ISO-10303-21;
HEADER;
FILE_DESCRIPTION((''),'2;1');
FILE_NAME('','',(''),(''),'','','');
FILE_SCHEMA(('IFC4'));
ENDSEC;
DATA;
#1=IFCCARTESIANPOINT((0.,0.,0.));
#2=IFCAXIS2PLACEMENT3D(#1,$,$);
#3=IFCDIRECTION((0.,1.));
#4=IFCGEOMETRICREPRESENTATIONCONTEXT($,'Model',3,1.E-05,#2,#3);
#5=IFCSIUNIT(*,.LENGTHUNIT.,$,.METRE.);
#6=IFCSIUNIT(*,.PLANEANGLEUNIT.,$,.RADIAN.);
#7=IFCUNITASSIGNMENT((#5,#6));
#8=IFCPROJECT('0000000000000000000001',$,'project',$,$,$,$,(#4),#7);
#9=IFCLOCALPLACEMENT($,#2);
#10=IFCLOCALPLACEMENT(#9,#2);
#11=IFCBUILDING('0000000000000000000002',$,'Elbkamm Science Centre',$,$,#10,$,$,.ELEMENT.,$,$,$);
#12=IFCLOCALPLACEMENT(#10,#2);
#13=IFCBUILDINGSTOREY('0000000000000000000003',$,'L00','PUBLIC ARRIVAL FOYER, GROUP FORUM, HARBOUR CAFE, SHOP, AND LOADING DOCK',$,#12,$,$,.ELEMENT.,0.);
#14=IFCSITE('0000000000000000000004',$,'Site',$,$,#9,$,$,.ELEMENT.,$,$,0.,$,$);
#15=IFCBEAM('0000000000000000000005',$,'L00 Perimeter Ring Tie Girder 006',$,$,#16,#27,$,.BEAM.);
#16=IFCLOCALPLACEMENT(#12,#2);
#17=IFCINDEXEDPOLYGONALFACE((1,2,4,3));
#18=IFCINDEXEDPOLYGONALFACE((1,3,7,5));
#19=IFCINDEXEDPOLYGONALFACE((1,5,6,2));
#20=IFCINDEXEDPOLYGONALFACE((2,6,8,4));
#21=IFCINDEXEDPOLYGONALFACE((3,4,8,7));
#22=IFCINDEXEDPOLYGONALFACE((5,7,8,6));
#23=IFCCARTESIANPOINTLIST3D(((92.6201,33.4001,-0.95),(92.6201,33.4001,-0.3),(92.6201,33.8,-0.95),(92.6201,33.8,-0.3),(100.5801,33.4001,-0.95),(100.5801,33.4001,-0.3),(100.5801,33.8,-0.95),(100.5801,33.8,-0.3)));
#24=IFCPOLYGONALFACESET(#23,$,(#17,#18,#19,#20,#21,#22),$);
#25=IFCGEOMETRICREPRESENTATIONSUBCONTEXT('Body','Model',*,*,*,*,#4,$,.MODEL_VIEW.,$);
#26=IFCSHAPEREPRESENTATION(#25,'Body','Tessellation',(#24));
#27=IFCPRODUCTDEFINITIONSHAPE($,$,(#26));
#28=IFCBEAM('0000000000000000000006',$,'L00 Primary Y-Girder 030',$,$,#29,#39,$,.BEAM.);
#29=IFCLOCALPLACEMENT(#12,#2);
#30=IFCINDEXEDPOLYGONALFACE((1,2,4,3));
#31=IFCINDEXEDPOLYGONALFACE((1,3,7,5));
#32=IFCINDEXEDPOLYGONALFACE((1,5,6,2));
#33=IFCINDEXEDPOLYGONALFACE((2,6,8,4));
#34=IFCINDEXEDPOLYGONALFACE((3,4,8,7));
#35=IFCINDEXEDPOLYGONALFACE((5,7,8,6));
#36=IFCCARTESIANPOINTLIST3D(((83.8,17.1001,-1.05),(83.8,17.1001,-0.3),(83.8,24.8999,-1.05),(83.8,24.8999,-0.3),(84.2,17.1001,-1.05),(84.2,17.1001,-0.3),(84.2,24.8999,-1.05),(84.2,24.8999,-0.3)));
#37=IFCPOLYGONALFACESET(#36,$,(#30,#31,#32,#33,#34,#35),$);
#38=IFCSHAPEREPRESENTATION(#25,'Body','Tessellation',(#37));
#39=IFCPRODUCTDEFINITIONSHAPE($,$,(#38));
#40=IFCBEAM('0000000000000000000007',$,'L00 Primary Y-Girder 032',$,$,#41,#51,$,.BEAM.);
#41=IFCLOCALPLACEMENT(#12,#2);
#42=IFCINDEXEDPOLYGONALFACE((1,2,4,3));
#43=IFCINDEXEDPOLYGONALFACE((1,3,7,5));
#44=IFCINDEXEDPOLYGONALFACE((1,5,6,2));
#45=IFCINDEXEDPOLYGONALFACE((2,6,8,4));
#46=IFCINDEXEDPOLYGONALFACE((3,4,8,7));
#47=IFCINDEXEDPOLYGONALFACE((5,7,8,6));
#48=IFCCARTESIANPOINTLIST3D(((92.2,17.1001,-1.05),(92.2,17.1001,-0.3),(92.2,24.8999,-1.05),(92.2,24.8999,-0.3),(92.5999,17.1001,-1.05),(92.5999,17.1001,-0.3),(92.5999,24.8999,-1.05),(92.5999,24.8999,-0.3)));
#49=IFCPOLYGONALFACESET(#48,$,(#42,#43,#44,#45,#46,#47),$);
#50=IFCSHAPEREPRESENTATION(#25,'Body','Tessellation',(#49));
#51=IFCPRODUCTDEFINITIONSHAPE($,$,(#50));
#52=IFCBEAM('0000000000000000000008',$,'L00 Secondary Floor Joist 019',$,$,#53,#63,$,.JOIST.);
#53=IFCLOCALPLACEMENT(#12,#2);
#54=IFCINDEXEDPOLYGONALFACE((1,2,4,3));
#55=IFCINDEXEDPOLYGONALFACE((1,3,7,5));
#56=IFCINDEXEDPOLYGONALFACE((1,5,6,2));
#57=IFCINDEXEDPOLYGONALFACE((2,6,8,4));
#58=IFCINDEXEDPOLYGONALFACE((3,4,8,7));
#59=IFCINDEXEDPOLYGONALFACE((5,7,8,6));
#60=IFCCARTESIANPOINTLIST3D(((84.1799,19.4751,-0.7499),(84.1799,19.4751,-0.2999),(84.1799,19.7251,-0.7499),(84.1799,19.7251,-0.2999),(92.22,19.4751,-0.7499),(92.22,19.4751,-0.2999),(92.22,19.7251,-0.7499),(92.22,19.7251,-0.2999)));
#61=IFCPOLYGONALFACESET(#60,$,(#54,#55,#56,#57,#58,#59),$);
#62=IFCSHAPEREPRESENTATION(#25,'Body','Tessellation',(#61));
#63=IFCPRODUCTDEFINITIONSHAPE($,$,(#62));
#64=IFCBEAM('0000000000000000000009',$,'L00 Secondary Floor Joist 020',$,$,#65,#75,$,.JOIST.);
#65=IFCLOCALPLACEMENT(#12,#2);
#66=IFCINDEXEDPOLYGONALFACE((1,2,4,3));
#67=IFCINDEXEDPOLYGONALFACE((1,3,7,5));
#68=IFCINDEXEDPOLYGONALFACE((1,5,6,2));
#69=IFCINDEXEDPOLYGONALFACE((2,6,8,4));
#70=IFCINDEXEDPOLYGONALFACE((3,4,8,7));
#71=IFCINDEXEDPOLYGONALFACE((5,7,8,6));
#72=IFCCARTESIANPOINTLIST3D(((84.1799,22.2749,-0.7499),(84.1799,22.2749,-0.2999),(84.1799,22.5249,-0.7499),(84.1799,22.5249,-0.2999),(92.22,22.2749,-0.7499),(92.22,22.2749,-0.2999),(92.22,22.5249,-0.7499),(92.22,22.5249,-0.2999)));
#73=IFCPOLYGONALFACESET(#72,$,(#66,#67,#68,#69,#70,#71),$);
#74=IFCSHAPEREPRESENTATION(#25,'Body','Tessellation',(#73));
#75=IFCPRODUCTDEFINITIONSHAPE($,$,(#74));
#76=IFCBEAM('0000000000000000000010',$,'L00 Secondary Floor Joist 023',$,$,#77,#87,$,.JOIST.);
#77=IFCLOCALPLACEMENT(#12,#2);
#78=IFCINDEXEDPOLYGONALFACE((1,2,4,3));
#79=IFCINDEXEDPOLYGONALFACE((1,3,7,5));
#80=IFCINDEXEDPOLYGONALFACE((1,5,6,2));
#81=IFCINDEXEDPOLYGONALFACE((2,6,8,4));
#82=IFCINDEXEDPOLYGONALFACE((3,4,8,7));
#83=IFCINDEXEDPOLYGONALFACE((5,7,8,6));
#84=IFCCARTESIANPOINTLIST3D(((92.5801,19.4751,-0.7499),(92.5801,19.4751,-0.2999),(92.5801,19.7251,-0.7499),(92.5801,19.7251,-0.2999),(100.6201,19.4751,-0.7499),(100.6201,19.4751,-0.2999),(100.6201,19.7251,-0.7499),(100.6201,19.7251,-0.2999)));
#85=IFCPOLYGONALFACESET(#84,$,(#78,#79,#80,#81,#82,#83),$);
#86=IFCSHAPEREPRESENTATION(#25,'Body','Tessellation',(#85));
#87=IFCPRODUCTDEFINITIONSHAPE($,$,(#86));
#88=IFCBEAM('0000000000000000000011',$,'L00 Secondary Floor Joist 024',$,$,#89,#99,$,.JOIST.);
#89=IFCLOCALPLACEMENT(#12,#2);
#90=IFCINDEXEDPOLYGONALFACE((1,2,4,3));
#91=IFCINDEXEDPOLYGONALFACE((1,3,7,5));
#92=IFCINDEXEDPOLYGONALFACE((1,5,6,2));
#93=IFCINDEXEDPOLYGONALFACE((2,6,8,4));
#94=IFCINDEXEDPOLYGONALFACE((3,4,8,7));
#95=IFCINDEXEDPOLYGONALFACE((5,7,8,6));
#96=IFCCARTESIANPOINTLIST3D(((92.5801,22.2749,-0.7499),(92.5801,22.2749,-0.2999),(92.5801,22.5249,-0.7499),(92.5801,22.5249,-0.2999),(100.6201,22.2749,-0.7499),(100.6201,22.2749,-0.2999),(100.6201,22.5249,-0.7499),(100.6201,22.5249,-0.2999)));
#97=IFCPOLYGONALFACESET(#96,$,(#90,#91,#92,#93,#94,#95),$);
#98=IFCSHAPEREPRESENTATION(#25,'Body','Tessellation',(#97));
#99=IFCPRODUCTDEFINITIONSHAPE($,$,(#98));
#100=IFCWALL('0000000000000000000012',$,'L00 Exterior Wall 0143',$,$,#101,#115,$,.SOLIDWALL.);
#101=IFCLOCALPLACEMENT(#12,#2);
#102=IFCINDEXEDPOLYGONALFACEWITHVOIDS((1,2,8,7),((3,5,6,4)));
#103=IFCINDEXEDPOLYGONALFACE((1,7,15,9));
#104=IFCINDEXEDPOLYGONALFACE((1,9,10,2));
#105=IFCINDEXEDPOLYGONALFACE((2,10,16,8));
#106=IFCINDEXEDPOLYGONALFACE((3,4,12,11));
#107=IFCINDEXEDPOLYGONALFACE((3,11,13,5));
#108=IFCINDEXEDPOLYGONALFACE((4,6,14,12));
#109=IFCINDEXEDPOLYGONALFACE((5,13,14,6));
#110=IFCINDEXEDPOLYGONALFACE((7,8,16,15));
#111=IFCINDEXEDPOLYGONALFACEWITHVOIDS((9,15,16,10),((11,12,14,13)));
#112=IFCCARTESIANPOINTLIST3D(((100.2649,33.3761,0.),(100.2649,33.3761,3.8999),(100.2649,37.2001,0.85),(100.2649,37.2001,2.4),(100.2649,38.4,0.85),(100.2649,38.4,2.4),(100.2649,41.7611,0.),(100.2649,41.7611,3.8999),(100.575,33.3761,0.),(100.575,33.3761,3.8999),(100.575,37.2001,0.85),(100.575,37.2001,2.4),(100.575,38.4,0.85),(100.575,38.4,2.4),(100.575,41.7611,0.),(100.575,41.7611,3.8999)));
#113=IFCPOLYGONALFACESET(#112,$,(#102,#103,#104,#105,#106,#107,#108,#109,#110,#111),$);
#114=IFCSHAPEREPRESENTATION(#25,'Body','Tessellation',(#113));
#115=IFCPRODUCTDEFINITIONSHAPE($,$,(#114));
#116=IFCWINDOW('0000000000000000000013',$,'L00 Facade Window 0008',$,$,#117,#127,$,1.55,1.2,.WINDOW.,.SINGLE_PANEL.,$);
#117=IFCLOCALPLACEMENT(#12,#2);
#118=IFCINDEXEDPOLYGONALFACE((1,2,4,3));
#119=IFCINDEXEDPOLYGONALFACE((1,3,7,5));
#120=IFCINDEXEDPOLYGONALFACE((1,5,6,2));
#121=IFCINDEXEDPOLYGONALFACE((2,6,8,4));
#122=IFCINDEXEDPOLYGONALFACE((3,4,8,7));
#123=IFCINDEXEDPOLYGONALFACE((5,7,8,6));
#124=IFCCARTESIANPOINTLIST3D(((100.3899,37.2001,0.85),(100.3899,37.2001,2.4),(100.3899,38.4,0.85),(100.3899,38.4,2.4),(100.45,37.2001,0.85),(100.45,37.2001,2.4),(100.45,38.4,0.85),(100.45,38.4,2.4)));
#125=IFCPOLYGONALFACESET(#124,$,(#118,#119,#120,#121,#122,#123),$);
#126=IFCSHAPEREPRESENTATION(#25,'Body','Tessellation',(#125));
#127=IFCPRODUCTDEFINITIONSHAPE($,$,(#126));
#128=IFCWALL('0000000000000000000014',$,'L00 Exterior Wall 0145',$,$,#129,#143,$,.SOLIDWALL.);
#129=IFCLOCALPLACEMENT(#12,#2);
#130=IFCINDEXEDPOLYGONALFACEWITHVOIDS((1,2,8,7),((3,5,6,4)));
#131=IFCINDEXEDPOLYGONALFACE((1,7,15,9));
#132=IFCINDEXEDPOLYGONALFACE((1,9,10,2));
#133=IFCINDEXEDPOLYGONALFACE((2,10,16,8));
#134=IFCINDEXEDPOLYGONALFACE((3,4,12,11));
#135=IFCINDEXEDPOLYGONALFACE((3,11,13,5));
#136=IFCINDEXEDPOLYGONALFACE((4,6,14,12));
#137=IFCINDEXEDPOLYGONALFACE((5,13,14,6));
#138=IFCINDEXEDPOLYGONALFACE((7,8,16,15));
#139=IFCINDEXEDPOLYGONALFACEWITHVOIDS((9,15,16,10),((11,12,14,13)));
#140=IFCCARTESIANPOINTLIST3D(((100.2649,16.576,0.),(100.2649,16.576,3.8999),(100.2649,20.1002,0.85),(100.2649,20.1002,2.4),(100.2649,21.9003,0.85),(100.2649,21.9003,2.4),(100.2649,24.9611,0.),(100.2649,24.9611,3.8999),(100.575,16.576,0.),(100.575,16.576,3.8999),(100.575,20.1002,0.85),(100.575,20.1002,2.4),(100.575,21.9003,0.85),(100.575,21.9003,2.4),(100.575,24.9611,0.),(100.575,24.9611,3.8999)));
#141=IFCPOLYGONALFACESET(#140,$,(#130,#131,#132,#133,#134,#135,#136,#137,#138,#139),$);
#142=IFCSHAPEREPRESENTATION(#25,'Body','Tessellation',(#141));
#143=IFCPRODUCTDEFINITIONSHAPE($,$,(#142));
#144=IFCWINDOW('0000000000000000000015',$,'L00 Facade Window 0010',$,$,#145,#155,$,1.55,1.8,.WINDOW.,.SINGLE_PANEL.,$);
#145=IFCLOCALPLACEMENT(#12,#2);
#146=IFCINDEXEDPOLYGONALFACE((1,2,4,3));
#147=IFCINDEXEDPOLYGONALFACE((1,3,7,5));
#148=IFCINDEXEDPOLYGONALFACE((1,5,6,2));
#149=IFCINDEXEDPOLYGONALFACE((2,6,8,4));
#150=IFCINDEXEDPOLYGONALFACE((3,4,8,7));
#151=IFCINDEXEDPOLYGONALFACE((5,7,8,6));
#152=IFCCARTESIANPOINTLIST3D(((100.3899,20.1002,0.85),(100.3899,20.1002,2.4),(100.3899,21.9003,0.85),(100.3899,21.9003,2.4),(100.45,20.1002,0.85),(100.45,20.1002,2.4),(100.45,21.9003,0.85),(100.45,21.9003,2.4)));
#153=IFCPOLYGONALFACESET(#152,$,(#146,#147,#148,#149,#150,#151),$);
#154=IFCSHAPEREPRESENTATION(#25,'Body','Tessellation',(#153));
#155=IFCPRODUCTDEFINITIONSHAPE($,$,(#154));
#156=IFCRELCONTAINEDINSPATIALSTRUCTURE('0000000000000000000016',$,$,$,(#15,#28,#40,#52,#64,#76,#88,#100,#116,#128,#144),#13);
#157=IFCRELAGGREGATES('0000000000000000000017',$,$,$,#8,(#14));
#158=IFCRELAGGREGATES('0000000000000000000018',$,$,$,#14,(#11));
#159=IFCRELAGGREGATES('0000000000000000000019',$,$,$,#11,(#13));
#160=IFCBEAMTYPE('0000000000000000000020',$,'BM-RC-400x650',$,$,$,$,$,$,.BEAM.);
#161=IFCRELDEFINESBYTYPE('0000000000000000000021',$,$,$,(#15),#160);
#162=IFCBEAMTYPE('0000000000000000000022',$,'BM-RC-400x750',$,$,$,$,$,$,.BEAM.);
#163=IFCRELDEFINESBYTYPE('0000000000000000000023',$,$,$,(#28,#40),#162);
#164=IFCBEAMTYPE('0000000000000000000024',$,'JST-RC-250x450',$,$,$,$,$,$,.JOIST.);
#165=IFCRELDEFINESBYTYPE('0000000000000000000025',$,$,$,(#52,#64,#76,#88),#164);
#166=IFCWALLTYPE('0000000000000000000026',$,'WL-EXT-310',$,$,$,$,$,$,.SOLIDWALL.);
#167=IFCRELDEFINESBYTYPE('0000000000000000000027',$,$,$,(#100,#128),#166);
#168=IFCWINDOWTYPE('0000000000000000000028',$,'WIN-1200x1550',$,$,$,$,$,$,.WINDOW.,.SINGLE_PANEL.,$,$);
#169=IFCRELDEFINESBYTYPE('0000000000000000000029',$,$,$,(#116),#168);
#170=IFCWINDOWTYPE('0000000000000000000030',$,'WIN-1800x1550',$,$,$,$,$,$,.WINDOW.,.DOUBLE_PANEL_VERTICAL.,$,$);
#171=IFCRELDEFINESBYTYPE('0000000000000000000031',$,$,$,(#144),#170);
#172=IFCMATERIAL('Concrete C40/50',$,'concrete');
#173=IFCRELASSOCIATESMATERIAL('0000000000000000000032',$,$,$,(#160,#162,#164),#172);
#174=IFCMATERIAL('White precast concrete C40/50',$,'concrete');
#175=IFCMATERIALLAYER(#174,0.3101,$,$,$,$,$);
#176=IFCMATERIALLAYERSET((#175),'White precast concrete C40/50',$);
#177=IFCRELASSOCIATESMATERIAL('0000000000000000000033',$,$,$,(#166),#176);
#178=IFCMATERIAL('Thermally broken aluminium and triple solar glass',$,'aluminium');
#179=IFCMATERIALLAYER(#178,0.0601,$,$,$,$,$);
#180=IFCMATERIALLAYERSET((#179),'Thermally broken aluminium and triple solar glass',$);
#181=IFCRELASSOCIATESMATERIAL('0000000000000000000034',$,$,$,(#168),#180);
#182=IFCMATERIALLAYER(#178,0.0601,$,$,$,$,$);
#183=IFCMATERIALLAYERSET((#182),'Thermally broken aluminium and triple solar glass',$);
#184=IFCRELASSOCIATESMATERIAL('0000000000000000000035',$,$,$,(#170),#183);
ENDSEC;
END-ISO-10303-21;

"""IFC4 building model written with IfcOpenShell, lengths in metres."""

from ifc_helpers import new_model, si_unit, direction, frame, frame_2d, origin, origin_2d, place, context, subcontext, project, spatial, rectangle, extrude, material, layer, layer_set, material_profile, profile_set, type_object, element, fill, save


model = new_model("IFC4")

# Units and contexts
model_context = context("Model", 3, precision=1e-05, world=origin(), true_north=direction((0.0, 1.0)))
body_context = subcontext(model_context, "Body", "Model", "MODEL_VIEW")
ifc_project = project(units=[si_unit("LENGTHUNIT", "METRE"), si_unit("PLANEANGLEUNIT", "RADIAN")], contexts=[model_context])

# Site, building, storey
site_placement = place(None, origin())
site = spatial("IfcSite", under=ifc_project, at=site_placement, Name="Site", CompositionType="ELEMENT", RefElevation=0.0)
building_placement = place(site_placement, origin())
building = spatial("IfcBuilding", under=site, at=building_placement, Name="Elbkamm Science Centre", CompositionType="ELEMENT")
storey_placement = place(building_placement, origin())
storey = spatial("IfcBuildingStorey", under=building, at=storey_placement, Name="L00", Description="PUBLIC ARRIVAL FOYER, GROUP FORUM, HARBOUR CAFE, SHOP, AND LOADING DOCK", CompositionType="ELEMENT", Elevation=0.0)

# Shared definitions
ifc_material_1 = material(Name="Concrete C40/50", Category="concrete")

# Beams
ifc_material_profile_1 = material_profile(ifc_material_1, rectangle(XDim=0.3999, YDim=0.6499, at=origin_2d()), Name="RC 400x650")
ifc_profile_set_1 = profile_set([ifc_material_profile_1], Name="Concrete C40/50")
beam_type_1 = type_object("IfcBeamType", Name="BM-RC-400x650", PredefinedType="BEAM", material=ifc_profile_set_1)
for number, where, z_axis, x_axis, name in (
    (1, (92.6201, 33.6001, -0.625), (1.0, 0.0, 0.0), (0.0, 1.0, 0.0), "L00 Perimeter Ring Tie Girder 006"),
):
    element("IfcBeam", number, at=place(storey_placement, frame(where, z_axis=z_axis, x_axis=x_axis)), inside=storey, type_object=beam_type_1, Name=name, PredefinedType="BEAM", context=body_context, shape_type="SweptSolid", body=[
        extrude(rectangle(XDim=0.3999, YDim=0.6499, at=origin_2d()), origin(), (0.0, 0.0, 1.0), 7.96),
    ])
ifc_material_profile_2 = material_profile(ifc_material_1, rectangle(XDim=0.3999, YDim=0.75, at=origin_2d()), Name="RC 400x750")
ifc_profile_set_2 = profile_set([ifc_material_profile_2], Name="Concrete C40/50")
beam_type_2 = type_object("IfcBeamType", Name="BM-RC-400x750", PredefinedType="BEAM", material=ifc_profile_set_2)
for number, where, z_axis, x_axis, name in (
    (2, (84.0, 17.1001, -0.675), (0.0, 1.0, 0.0), (-1.0, 0.0, 0.0), "L00 Primary Y-Girder 030"),
    (3, (92.3999, 17.1001, -0.675), (0.0, 1.0, 0.0), (-1.0, 0.0, 0.0), "L00 Primary Y-Girder 032"),
):
    element("IfcBeam", number, at=place(storey_placement, frame(where, z_axis=z_axis, x_axis=x_axis)), inside=storey, type_object=beam_type_2, Name=name, PredefinedType="BEAM", context=body_context, shape_type="SweptSolid", body=[
        extrude(rectangle(XDim=0.3999, YDim=0.75, at=origin_2d()), origin(), (0.0, 0.0, 1.0), 7.7998),
    ])
ifc_material_profile_3 = material_profile(ifc_material_1, rectangle(XDim=0.25, YDim=0.45, at=origin_2d()), Name="RC 250x450")
ifc_profile_set_3 = profile_set([ifc_material_profile_3], Name="Concrete C40/50")
beam_type_3 = type_object("IfcBeamType", Name="JST-RC-250x450", PredefinedType="JOIST", material=ifc_profile_set_3)
for number, where, z_axis, x_axis, name in (
    (4, (84.1799, 19.6001, -0.5249), (1.0, 0.0, 0.0), (0.0, 1.0, 0.0), "L00 Secondary Floor Joist 019"),
    (5, (84.1799, 22.3999, -0.5249), (1.0, 0.0, 0.0), (0.0, 1.0, 0.0), "L00 Secondary Floor Joist 020"),
    (6, (92.5801, 19.6001, -0.5249), (1.0, 0.0, 0.0), (0.0, 1.0, 0.0), "L00 Secondary Floor Joist 023"),
    (7, (92.5801, 22.3999, -0.5249), (1.0, 0.0, 0.0), (0.0, 1.0, 0.0), "L00 Secondary Floor Joist 024"),
):
    element("IfcBeam", number, at=place(storey_placement, frame(where, z_axis=z_axis, x_axis=x_axis)), inside=storey, type_object=beam_type_3, Name=name, PredefinedType="JOIST", context=body_context, shape_type="SweptSolid", body=[
        extrude(rectangle(XDim=0.25, YDim=0.45, at=origin_2d()), origin(), (0.0, 0.0, 1.0), 8.04),
    ])

# Walls, openings, windows
ifc_material_2 = material(Name="White precast concrete C40/50", Category="concrete")
ifc_layer_1 = layer(ifc_material_2, 0.3101)
ifc_layer_set_1 = layer_set([ifc_layer_1], Name="White precast concrete C40/50")
wall_type_1 = type_object("IfcWallType", Name="WL-EXT-310", PredefinedType="SOLIDWALL", material=ifc_layer_set_1)
wall_1_placement = place(storey_placement, frame((100.4199, 41.761, 0.0), z_axis=(0.0, 0.0, 1.0), x_axis=(0.0, -1.0, 0.0)))
wall_1 = element("IfcWall", 8, at=wall_1_placement, inside=storey, type_object=wall_type_1, Name="L00 Exterior Wall 0143", PredefinedType="SOLIDWALL", context=body_context, shape_type="SweptSolid", body=[
    extrude(rectangle(XDim=8.385, YDim=0.3101, at=frame_2d((4.1924, 0.0))), origin(), (0.0, 0.0, 1.0), 3.8999),
])
opening_1_placement = place(wall_1_placement, frame((3.3608, 0.0, 0.8501)))
opening_1 = element("IfcOpeningElement", 9, at=opening_1_placement, cuts=wall_1, PredefinedType="OPENING", context=body_context, shape_type="SweptSolid", body=[
    extrude(rectangle(XDim=1.2, YDim=1.55, at=frame_2d((0.6001, 0.7749))), frame((0.0, 0.167, 0.0), z_axis=(0.0, -1.0, 0.0), x_axis=(1.0, 0.0, 0.0)), (0.0, 0.0, 1.0), 0.334),
])
ifc_material_3 = material(Name="Thermally broken aluminium and triple solar glass", Category="aluminium")
ifc_layer_2 = layer(ifc_material_3, 0.0601)
ifc_layer_set_2 = layer_set([ifc_layer_2], Name="Thermally broken aluminium and triple solar glass")
window_type_1 = type_object("IfcWindowType", Name="WIN-1200x1550", PartitioningType="SINGLE_PANEL", PredefinedType="WINDOW", material=ifc_layer_set_2)
window_1_placement = place(opening_1_placement, origin())
window_1 = element("IfcWindow", 10, at=window_1_placement, inside=storey, type_object=window_type_1, Name="L00 Facade Window 0008", OverallHeight=1.55, OverallWidth=1.2, PartitioningType="SINGLE_PANEL", PredefinedType="WINDOW", context=body_context, shape_type="SweptSolid", body=[
    extrude(rectangle(XDim=1.2, YDim=1.55, at=frame_2d((0.6001, 0.7749))), frame((0.0, 0.03, 0.0), z_axis=(0.0, -1.0, 0.0), x_axis=(1.0, 0.0, 0.0)), (0.0, 0.0, 1.0), 0.0601),
])
fill(opening_1, window_1)
wall_2_placement = place(storey_placement, frame((100.4199, 24.9609, 0.0), z_axis=(0.0, 0.0, 1.0), x_axis=(0.0, -1.0, 0.0)))
wall_2 = element("IfcWall", 11, at=wall_2_placement, inside=storey, type_object=wall_type_1, Name="L00 Exterior Wall 0145", PredefinedType="SOLIDWALL", context=body_context, shape_type="SweptSolid", body=[
    extrude(rectangle(XDim=8.385, YDim=0.3101, at=frame_2d((4.1924, 0.0))), origin(), (0.0, 0.0, 1.0), 3.8999),
])
opening_2_placement = place(wall_2_placement, frame((3.0608, 0.0, 0.8501)))
opening_2 = element("IfcOpeningElement", 12, at=opening_2_placement, cuts=wall_2, PredefinedType="OPENING", context=body_context, shape_type="SweptSolid", body=[
    extrude(rectangle(XDim=1.8, YDim=1.55, at=frame_2d((0.8999, 0.7749))), frame((0.0, 0.167, 0.0), z_axis=(0.0, -1.0, 0.0), x_axis=(1.0, 0.0, 0.0)), (0.0, 0.0, 1.0), 0.334),
])
ifc_layer_3 = layer(ifc_material_3, 0.0601)
ifc_layer_set_3 = layer_set([ifc_layer_3], Name="Thermally broken aluminium and triple solar glass")
window_type_2 = type_object("IfcWindowType", Name="WIN-1800x1550", PartitioningType="DOUBLE_PANEL_VERTICAL", PredefinedType="WINDOW", material=ifc_layer_set_3)
window_2_placement = place(opening_2_placement, origin())
window_2 = element("IfcWindow", 13, at=window_2_placement, inside=storey, type_object=window_type_2, Name="L00 Facade Window 0010", OverallHeight=1.55, OverallWidth=1.8, PartitioningType="SINGLE_PANEL", PredefinedType="WINDOW", context=body_context, shape_type="SweptSolid", body=[
    extrude(rectangle(XDim=1.8, YDim=1.55, at=frame_2d((0.8999, 0.7749))), frame((0.0, 0.03, 0.0), z_axis=(0.0, -1.0, 0.0), x_axis=(1.0, 0.0, 0.0)), (0.0, 0.0, 1.0), 0.0601),
])
fill(opening_2, window_2)

save(model, "model.ifc")
